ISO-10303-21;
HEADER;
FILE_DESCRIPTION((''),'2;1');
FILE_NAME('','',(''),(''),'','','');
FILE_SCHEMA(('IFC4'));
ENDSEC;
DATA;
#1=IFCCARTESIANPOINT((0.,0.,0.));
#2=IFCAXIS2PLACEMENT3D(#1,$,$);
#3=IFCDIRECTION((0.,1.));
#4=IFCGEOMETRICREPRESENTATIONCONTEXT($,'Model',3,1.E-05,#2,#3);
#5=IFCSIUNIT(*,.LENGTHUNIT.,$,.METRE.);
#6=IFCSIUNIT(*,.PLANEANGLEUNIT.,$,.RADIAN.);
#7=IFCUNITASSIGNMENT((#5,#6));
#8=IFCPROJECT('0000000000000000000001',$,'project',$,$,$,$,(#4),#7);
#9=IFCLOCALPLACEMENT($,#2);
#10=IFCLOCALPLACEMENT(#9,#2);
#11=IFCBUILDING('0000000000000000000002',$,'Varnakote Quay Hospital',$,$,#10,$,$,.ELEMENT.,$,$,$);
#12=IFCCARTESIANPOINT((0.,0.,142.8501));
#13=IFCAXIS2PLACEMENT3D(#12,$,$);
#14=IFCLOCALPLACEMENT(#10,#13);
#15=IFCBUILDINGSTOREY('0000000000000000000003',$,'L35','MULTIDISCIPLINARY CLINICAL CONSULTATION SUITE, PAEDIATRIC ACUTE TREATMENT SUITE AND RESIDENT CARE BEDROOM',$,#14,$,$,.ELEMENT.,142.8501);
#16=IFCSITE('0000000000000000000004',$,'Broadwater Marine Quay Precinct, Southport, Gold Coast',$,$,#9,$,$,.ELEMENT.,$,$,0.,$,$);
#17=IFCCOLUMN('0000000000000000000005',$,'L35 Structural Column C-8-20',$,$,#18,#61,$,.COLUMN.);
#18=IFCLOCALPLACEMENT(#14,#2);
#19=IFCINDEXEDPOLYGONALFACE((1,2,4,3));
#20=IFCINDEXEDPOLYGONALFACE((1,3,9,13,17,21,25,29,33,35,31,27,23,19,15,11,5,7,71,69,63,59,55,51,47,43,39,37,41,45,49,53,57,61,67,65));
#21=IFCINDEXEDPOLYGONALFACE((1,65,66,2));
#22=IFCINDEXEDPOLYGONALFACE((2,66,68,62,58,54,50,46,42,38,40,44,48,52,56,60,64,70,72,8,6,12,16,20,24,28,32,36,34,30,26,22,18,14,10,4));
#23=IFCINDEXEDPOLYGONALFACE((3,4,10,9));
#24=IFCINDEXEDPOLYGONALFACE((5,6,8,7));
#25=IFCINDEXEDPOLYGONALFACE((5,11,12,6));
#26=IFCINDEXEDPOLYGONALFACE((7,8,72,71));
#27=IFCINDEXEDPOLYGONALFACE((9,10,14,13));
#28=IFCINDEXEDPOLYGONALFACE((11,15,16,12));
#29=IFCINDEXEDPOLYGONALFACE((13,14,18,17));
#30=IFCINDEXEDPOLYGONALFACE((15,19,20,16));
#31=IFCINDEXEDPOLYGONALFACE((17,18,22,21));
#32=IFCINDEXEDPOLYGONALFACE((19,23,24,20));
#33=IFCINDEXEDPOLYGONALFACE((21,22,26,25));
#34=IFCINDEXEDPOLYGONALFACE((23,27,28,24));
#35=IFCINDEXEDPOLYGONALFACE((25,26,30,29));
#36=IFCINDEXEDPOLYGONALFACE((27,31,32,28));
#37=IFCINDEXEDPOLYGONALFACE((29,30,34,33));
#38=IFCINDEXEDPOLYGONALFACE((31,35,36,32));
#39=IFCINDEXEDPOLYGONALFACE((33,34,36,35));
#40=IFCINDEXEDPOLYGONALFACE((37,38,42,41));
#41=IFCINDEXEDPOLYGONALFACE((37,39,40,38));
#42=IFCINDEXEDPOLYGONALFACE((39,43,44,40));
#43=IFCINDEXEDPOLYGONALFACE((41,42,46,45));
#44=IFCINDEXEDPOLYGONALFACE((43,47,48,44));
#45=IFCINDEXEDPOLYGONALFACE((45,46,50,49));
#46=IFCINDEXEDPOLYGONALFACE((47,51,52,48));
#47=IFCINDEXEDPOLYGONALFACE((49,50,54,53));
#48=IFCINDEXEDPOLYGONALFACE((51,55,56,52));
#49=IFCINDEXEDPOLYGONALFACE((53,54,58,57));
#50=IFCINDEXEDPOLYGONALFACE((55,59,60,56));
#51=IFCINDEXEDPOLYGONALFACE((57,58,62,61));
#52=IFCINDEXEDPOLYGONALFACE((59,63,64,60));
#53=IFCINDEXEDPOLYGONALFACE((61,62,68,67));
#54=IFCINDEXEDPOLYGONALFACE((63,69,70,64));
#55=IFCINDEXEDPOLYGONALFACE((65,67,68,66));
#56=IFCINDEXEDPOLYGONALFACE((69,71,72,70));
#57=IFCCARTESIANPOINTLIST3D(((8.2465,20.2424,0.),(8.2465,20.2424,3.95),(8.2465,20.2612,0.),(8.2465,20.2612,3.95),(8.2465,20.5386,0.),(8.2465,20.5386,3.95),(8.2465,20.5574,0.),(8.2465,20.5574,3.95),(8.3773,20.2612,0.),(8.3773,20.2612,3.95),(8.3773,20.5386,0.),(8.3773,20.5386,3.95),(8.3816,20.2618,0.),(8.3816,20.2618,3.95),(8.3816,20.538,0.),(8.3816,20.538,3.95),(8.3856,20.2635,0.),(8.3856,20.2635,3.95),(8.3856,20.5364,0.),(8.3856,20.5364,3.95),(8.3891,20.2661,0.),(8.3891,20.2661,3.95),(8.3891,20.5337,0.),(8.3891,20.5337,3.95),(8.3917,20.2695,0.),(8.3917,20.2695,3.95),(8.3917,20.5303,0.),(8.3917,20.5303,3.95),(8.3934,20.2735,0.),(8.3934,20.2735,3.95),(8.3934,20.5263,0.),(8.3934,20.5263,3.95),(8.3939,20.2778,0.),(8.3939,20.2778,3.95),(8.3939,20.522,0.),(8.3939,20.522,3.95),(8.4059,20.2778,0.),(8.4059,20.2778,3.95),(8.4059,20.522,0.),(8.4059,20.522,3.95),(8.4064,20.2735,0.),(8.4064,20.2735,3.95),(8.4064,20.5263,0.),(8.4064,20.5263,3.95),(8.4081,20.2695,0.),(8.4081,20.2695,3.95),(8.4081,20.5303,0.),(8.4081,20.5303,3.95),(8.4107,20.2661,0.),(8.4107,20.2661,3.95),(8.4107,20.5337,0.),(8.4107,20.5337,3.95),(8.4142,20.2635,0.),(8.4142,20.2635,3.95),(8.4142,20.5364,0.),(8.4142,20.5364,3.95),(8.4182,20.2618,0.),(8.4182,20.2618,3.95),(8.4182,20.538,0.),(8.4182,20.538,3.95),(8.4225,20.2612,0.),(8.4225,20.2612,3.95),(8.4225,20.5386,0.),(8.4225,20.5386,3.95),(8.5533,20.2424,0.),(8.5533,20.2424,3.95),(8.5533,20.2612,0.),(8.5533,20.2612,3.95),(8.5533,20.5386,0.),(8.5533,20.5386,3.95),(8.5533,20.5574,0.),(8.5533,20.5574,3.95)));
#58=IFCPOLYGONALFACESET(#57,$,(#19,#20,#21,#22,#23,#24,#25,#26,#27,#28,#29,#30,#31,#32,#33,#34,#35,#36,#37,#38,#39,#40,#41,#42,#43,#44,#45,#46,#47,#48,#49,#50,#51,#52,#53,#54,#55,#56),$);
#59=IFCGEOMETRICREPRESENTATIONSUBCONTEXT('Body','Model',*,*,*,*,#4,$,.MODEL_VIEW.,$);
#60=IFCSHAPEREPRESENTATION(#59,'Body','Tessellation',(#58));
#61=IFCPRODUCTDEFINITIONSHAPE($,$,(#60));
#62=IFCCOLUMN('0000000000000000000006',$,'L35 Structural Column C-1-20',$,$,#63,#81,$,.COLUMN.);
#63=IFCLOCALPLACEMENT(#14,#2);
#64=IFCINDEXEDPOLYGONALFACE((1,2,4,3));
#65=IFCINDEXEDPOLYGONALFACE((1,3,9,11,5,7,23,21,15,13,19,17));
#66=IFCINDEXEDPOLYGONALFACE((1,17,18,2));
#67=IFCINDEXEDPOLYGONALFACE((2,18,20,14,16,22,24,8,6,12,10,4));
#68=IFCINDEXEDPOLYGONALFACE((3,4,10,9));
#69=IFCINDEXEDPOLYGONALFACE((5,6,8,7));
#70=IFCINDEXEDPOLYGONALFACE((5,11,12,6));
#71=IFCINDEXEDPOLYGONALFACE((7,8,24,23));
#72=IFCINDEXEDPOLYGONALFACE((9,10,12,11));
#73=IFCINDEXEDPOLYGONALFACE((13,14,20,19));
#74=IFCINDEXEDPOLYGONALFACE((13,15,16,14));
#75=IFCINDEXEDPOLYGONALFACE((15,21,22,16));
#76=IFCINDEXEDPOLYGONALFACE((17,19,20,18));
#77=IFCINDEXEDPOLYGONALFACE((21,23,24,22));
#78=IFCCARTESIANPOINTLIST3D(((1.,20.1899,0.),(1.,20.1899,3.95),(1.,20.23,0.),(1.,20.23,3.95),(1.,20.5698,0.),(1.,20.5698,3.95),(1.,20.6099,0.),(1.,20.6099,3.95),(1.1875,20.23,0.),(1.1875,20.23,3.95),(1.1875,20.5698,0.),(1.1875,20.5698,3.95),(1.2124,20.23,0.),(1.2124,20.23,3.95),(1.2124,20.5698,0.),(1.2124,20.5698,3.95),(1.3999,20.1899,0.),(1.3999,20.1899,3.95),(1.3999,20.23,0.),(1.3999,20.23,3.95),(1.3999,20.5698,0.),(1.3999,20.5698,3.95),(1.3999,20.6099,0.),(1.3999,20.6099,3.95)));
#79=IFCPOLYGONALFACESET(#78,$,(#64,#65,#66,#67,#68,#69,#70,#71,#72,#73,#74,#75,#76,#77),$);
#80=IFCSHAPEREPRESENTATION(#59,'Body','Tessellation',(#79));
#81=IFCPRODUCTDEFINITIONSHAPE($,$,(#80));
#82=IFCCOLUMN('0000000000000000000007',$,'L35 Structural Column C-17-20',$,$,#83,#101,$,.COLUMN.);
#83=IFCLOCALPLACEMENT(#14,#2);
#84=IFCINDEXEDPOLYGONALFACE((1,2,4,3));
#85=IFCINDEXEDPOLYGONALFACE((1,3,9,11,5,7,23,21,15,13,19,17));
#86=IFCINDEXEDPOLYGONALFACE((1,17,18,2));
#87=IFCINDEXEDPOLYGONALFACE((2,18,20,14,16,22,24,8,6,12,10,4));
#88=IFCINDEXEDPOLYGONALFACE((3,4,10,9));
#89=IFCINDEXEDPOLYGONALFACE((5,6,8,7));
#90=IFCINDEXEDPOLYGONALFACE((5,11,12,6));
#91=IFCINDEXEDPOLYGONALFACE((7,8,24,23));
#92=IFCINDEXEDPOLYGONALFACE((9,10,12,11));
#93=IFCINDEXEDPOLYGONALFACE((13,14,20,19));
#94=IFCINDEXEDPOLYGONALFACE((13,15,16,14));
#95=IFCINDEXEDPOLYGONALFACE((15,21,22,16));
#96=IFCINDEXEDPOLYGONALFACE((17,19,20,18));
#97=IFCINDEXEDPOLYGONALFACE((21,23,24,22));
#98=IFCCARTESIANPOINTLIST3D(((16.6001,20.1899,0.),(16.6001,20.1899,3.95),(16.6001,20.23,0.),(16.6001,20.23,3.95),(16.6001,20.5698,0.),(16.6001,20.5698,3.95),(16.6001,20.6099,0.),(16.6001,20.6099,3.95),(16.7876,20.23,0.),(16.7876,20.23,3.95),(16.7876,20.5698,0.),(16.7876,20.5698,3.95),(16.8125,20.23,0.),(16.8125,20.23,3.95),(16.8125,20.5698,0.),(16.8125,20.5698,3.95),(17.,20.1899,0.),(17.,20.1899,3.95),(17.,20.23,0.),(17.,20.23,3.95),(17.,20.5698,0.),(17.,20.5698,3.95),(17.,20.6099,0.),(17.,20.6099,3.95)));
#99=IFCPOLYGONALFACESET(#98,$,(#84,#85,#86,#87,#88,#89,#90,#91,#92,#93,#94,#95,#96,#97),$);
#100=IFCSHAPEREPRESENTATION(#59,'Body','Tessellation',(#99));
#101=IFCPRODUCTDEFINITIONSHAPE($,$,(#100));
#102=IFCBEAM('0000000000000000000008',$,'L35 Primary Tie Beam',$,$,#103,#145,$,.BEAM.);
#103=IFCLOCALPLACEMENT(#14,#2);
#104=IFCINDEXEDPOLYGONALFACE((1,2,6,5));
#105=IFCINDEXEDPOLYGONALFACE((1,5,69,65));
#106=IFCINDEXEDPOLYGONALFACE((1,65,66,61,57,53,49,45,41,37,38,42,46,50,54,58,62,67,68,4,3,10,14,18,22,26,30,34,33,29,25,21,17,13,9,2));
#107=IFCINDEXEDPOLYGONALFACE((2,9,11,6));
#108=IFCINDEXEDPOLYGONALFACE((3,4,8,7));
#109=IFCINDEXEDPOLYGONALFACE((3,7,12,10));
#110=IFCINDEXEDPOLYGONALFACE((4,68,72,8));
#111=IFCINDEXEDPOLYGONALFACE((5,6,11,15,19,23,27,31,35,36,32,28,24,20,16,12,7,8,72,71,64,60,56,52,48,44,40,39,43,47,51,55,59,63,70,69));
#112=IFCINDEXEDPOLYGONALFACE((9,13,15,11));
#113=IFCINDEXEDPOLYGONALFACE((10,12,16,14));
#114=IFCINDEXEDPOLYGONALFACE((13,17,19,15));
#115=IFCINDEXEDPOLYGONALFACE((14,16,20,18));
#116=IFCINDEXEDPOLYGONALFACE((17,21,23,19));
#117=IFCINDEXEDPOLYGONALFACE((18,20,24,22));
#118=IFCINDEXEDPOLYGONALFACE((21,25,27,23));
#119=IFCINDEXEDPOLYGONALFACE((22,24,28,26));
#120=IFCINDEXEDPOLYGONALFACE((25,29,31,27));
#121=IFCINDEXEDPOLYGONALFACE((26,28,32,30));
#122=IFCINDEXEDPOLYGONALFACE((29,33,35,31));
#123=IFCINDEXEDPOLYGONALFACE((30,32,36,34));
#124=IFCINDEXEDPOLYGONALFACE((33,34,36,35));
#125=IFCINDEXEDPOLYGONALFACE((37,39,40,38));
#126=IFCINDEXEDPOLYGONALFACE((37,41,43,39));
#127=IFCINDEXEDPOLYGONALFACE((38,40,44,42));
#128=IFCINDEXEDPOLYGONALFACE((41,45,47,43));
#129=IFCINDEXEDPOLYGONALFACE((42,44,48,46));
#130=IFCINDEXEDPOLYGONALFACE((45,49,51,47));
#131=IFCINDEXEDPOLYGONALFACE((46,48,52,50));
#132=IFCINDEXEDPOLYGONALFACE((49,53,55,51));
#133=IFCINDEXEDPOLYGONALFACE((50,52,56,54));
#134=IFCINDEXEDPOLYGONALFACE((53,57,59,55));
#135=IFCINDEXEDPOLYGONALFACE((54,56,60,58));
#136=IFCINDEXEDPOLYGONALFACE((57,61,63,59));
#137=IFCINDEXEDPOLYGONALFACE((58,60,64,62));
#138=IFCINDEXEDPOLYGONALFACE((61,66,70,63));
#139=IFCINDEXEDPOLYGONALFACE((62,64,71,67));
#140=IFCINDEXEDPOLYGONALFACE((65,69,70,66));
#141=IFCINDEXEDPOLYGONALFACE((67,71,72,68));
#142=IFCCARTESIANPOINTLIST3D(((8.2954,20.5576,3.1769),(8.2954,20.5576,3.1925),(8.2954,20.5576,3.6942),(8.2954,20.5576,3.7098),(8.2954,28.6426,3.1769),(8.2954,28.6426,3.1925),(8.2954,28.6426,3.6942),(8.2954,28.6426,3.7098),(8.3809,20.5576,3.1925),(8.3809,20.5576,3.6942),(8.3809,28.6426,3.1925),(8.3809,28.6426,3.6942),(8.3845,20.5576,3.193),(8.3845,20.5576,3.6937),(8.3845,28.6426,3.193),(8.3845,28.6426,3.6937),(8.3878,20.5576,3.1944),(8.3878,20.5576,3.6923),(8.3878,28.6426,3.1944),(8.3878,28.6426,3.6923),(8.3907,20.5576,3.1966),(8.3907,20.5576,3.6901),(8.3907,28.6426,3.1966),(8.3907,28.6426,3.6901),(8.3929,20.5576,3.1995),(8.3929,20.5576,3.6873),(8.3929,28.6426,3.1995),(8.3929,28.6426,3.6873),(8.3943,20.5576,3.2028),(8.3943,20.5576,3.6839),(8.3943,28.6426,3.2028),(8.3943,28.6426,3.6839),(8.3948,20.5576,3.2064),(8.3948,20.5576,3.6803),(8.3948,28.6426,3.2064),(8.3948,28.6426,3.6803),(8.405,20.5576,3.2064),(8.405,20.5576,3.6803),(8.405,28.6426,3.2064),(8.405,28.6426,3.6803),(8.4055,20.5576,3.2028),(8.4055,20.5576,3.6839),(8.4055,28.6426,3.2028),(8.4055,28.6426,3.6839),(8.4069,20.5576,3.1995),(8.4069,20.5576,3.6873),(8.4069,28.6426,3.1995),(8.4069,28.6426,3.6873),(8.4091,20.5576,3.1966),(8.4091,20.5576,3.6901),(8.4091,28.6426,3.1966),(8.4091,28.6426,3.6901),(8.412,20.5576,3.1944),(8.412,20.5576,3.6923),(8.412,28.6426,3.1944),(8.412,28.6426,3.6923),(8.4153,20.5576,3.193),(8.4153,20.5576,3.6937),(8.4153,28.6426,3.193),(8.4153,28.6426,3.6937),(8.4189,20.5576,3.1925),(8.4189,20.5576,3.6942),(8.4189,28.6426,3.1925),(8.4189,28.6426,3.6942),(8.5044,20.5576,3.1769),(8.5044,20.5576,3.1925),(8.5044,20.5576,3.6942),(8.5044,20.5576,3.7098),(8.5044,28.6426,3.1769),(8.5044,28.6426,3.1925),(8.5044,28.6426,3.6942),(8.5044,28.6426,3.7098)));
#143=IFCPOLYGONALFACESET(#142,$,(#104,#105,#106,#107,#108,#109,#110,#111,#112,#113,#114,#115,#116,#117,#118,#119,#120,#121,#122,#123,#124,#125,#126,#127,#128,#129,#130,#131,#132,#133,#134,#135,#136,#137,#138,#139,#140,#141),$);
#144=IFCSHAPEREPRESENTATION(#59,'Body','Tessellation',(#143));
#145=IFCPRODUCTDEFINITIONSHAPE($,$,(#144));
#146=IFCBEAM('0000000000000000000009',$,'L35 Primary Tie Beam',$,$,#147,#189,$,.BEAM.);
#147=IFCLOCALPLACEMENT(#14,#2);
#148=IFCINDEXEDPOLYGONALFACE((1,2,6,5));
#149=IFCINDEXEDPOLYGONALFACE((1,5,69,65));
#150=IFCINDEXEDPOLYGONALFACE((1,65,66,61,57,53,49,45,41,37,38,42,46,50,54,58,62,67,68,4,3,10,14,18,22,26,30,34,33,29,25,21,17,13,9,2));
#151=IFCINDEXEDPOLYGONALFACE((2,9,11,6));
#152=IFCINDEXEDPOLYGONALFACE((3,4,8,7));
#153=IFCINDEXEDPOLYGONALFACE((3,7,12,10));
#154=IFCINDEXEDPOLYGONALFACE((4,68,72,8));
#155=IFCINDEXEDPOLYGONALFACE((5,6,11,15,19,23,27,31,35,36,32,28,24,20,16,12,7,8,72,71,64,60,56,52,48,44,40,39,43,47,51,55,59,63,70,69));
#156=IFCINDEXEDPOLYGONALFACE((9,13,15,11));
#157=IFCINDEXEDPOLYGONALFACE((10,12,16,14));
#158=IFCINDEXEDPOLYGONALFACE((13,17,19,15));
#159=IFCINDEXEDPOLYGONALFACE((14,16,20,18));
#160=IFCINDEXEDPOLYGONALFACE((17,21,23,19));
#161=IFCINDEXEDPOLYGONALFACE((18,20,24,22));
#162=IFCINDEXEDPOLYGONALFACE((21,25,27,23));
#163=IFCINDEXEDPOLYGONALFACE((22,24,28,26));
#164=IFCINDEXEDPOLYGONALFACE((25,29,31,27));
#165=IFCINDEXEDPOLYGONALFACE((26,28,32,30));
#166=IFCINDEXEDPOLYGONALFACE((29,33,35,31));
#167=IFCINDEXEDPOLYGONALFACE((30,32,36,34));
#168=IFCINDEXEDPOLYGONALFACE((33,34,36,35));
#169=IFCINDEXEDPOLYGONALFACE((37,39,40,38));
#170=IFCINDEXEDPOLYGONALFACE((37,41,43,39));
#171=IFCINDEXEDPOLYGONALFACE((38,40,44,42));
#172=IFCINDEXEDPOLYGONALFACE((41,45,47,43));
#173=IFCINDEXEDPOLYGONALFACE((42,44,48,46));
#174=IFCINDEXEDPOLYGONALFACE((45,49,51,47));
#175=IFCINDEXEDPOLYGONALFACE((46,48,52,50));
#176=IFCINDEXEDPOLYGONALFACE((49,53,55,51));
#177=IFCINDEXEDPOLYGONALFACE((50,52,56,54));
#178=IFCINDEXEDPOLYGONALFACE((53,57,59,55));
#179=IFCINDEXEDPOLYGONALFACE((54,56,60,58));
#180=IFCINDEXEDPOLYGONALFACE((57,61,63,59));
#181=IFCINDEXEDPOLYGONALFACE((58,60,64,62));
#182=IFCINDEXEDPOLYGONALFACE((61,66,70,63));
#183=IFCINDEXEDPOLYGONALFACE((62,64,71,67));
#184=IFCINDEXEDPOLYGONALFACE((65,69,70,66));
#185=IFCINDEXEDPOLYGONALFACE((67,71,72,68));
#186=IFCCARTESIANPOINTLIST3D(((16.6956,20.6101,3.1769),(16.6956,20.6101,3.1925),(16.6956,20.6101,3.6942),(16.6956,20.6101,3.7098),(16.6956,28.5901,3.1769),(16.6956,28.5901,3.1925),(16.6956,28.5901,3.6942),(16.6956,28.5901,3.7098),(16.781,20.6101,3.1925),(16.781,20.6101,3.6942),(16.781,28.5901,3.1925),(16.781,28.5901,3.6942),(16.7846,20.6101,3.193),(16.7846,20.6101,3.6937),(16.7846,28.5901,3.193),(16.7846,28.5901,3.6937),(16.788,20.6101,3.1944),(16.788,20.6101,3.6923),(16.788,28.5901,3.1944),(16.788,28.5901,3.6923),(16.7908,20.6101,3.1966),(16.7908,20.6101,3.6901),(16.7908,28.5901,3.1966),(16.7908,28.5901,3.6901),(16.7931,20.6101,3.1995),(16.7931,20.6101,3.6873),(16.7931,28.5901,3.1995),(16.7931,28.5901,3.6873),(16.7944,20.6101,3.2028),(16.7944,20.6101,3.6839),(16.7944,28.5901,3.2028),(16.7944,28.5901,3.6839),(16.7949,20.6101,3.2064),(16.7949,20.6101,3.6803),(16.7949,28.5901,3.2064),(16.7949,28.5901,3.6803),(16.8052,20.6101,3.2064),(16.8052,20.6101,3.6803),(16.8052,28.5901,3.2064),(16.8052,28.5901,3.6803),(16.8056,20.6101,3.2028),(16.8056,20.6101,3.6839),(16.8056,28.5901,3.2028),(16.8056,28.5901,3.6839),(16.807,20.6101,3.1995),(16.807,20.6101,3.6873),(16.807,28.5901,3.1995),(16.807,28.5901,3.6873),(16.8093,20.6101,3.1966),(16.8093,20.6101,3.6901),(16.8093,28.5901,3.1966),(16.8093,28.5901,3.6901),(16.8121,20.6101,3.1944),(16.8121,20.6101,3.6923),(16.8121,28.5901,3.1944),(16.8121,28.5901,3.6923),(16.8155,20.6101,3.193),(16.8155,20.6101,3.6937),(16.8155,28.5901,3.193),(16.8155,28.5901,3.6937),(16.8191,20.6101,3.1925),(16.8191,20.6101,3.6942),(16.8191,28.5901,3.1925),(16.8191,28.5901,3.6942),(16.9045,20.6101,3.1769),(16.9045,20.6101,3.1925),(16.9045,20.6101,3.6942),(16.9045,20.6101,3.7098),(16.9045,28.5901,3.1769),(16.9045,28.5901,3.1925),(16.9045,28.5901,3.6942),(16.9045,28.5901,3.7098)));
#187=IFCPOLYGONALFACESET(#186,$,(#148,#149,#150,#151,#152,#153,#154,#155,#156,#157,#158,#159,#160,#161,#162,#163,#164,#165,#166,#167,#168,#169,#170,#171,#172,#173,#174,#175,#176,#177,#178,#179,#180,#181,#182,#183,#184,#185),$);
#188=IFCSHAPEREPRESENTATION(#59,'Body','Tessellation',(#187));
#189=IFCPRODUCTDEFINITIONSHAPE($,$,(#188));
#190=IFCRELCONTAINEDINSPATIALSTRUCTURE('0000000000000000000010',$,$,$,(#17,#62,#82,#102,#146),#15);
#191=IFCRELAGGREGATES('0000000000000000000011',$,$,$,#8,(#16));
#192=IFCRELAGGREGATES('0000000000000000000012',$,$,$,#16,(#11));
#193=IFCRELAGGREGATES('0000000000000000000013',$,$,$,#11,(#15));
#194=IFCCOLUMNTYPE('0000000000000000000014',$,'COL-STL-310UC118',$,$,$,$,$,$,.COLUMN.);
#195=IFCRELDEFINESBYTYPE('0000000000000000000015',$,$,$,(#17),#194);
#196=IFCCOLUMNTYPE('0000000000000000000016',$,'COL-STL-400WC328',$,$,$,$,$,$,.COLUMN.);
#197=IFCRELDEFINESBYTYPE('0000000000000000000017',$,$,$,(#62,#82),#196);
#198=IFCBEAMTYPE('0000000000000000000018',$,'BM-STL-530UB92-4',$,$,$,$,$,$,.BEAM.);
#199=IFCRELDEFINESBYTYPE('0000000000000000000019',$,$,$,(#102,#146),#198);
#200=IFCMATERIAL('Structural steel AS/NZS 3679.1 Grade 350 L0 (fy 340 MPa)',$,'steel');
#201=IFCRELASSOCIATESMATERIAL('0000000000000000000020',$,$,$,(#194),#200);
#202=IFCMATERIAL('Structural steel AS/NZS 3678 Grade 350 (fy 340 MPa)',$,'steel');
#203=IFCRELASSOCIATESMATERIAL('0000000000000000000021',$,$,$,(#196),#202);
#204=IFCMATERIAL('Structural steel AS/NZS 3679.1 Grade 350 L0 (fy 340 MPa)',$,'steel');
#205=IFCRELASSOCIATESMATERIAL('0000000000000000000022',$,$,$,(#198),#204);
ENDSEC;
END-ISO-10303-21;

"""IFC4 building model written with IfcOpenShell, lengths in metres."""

from ifc_helpers import new_model, si_unit, direction, frame, origin, origin_2d, place, context, subcontext, project, spatial, i_section, extrude, material, material_profile, profile_set, type_object, element, save


model = new_model("IFC4")

# Units and contexts
model_context = context("Model", 3, precision=1e-05, world=origin(), true_north=direction((0.0, 1.0)))
body_context = subcontext(model_context, "Body", "Model", "MODEL_VIEW")
ifc_project = project(units=[si_unit("LENGTHUNIT", "METRE"), si_unit("PLANEANGLEUNIT", "RADIAN")], contexts=[model_context])

# Site, building, storey
site_placement = place(None, origin())
site = spatial("IfcSite", under=ifc_project, at=site_placement, Name="Broadwater Marine Quay Precinct, Southport, Gold Coast", CompositionType="ELEMENT", RefElevation=0.0)
building_placement = place(site_placement, origin())
building = spatial("IfcBuilding", under=site, at=building_placement, Name="Varnakote Quay Hospital", CompositionType="ELEMENT")
storey_placement = place(building_placement, frame((0.0, 0.0, 142.8501)))
storey = spatial("IfcBuildingStorey", under=building, at=storey_placement, Name="L35", Description="MULTIDISCIPLINARY CLINICAL CONSULTATION SUITE, PAEDIATRIC ACUTE TREATMENT SUITE AND RESIDENT CARE BEDROOM", CompositionType="ELEMENT", Elevation=142.8501)

# Columns
ifc_material_1 = material(Name="Structural steel AS/NZS 3679.1 Grade 350 L0 (fy 340 MPa)", Category="steel")
ifc_material_profile_1 = material_profile(ifc_material_1, i_section(OverallWidth=0.3069, OverallDepth=0.3149, WebThickness=0.012, FlangeThickness=0.0188, FilletRadius=0.0166, at=origin_2d()), Name="310UC118")
ifc_profile_set_1 = profile_set([ifc_material_profile_1], Name="Structural steel AS/NZS 3679.1 Grade 350 L0 (fy 340 MPa)")
column_type_1 = type_object("IfcColumnType", Name="COL-STL-310UC118", PredefinedType="COLUMN", material=ifc_profile_set_1)
column_placement = place(storey_placement, frame((8.3999, 20.3999, 0.0), z_axis=(0.0, 0.0, 1.0), x_axis=(1.0, 0.0, 0.0)))
element("IfcColumn", 1, at=column_placement, inside=storey, type_object=column_type_1, Name="L35 Structural Column C-8-20", PredefinedType="COLUMN", context=body_context, shape_type="SweptSolid", body=[
    extrude(i_section(OverallWidth=0.3069, OverallDepth=0.3149, WebThickness=0.012, FlangeThickness=0.0188, FilletRadius=0.0166, at=origin_2d()), origin(), (0.0, 0.0, 1.0), 3.95),
])
ifc_material_2 = material(Name="Structural steel AS/NZS 3678 Grade 350 (fy 340 MPa)", Category="steel")
ifc_material_profile_2 = material_profile(ifc_material_2, i_section(OverallWidth=0.3999, OverallDepth=0.4199, WebThickness=0.0249, FlangeThickness=0.04, at=origin_2d()), Name="400WC328")
ifc_profile_set_2 = profile_set([ifc_material_profile_2], Name="Structural steel AS/NZS 3678 Grade 350 (fy 340 MPa)")
column_type_2 = type_object("IfcColumnType", Name="COL-STL-400WC328", PredefinedType="COLUMN", material=ifc_profile_set_2)
for number, where, z_axis, x_axis, name in (
    (2, (1.2, 20.3999, 0.0), (0.0, 0.0, 1.0), (1.0, 0.0, 0.0), "L35 Structural Column C-1-20"),
    (3, (16.8, 20.3999, 0.0), (0.0, 0.0, 1.0), (1.0, 0.0, 0.0), "L35 Structural Column C-17-20"),
):
    element("IfcColumn", number, at=place(storey_placement, frame(where, z_axis=z_axis, x_axis=x_axis)), inside=storey, type_object=column_type_2, Name=name, PredefinedType="COLUMN", context=body_context, shape_type="SweptSolid", body=[
        extrude(i_section(OverallWidth=0.3999, OverallDepth=0.4199, WebThickness=0.0249, FlangeThickness=0.04, at=origin_2d()), origin(), (0.0, 0.0, 1.0), 3.95),
    ])

# Beams
ifc_material_3 = material(Name="Structural steel AS/NZS 3679.1 Grade 350 L0 (fy 340 MPa)", Category="steel")
ifc_material_profile_3 = material_profile(ifc_material_3, i_section(OverallWidth=0.209, OverallDepth=0.533, WebThickness=0.0103, FlangeThickness=0.0156, FilletRadius=0.0139, at=origin_2d()), Name="530UB92.4")
ifc_profile_set_3 = profile_set([ifc_material_profile_3], Name="Structural steel AS/NZS 3679.1 Grade 350 L0 (fy 340 MPa)")
beam_type_1 = type_object("IfcBeamType", Name="BM-STL-530UB92-4", PredefinedType="BEAM", material=ifc_profile_set_3)
beam_1_placement = place(storey_placement, frame((8.3999, 20.5576, 3.4434), z_axis=(0.0, 1.0, 0.0), x_axis=(-1.0, 0.0, 0.0)))
element("IfcBeam", 4, at=beam_1_placement, inside=storey, type_object=beam_type_1, Name="L35 Primary Tie Beam", PredefinedType="BEAM", context=body_context, shape_type="SweptSolid", body=[
    extrude(i_section(OverallWidth=0.209, OverallDepth=0.533, WebThickness=0.0103, FlangeThickness=0.0156, FilletRadius=0.0139, at=origin_2d()), origin(), (0.0, 0.0, 1.0), 8.085),
])
beam_2_placement = place(storey_placement, frame((16.8, 20.6101, 3.4434), z_axis=(0.0, 1.0, 0.0), x_axis=(-1.0, 0.0, 0.0)))
element("IfcBeam", 5, at=beam_2_placement, inside=storey, type_object=beam_type_1, Name="L35 Primary Tie Beam", PredefinedType="BEAM", context=body_context, shape_type="SweptSolid", body=[
    extrude(i_section(OverallWidth=0.209, OverallDepth=0.533, WebThickness=0.0103, FlangeThickness=0.0156, FilletRadius=0.0139, at=origin_2d()), origin(), (0.0, 0.0, 1.0), 7.98),
])

save(model, "model.ifc")
